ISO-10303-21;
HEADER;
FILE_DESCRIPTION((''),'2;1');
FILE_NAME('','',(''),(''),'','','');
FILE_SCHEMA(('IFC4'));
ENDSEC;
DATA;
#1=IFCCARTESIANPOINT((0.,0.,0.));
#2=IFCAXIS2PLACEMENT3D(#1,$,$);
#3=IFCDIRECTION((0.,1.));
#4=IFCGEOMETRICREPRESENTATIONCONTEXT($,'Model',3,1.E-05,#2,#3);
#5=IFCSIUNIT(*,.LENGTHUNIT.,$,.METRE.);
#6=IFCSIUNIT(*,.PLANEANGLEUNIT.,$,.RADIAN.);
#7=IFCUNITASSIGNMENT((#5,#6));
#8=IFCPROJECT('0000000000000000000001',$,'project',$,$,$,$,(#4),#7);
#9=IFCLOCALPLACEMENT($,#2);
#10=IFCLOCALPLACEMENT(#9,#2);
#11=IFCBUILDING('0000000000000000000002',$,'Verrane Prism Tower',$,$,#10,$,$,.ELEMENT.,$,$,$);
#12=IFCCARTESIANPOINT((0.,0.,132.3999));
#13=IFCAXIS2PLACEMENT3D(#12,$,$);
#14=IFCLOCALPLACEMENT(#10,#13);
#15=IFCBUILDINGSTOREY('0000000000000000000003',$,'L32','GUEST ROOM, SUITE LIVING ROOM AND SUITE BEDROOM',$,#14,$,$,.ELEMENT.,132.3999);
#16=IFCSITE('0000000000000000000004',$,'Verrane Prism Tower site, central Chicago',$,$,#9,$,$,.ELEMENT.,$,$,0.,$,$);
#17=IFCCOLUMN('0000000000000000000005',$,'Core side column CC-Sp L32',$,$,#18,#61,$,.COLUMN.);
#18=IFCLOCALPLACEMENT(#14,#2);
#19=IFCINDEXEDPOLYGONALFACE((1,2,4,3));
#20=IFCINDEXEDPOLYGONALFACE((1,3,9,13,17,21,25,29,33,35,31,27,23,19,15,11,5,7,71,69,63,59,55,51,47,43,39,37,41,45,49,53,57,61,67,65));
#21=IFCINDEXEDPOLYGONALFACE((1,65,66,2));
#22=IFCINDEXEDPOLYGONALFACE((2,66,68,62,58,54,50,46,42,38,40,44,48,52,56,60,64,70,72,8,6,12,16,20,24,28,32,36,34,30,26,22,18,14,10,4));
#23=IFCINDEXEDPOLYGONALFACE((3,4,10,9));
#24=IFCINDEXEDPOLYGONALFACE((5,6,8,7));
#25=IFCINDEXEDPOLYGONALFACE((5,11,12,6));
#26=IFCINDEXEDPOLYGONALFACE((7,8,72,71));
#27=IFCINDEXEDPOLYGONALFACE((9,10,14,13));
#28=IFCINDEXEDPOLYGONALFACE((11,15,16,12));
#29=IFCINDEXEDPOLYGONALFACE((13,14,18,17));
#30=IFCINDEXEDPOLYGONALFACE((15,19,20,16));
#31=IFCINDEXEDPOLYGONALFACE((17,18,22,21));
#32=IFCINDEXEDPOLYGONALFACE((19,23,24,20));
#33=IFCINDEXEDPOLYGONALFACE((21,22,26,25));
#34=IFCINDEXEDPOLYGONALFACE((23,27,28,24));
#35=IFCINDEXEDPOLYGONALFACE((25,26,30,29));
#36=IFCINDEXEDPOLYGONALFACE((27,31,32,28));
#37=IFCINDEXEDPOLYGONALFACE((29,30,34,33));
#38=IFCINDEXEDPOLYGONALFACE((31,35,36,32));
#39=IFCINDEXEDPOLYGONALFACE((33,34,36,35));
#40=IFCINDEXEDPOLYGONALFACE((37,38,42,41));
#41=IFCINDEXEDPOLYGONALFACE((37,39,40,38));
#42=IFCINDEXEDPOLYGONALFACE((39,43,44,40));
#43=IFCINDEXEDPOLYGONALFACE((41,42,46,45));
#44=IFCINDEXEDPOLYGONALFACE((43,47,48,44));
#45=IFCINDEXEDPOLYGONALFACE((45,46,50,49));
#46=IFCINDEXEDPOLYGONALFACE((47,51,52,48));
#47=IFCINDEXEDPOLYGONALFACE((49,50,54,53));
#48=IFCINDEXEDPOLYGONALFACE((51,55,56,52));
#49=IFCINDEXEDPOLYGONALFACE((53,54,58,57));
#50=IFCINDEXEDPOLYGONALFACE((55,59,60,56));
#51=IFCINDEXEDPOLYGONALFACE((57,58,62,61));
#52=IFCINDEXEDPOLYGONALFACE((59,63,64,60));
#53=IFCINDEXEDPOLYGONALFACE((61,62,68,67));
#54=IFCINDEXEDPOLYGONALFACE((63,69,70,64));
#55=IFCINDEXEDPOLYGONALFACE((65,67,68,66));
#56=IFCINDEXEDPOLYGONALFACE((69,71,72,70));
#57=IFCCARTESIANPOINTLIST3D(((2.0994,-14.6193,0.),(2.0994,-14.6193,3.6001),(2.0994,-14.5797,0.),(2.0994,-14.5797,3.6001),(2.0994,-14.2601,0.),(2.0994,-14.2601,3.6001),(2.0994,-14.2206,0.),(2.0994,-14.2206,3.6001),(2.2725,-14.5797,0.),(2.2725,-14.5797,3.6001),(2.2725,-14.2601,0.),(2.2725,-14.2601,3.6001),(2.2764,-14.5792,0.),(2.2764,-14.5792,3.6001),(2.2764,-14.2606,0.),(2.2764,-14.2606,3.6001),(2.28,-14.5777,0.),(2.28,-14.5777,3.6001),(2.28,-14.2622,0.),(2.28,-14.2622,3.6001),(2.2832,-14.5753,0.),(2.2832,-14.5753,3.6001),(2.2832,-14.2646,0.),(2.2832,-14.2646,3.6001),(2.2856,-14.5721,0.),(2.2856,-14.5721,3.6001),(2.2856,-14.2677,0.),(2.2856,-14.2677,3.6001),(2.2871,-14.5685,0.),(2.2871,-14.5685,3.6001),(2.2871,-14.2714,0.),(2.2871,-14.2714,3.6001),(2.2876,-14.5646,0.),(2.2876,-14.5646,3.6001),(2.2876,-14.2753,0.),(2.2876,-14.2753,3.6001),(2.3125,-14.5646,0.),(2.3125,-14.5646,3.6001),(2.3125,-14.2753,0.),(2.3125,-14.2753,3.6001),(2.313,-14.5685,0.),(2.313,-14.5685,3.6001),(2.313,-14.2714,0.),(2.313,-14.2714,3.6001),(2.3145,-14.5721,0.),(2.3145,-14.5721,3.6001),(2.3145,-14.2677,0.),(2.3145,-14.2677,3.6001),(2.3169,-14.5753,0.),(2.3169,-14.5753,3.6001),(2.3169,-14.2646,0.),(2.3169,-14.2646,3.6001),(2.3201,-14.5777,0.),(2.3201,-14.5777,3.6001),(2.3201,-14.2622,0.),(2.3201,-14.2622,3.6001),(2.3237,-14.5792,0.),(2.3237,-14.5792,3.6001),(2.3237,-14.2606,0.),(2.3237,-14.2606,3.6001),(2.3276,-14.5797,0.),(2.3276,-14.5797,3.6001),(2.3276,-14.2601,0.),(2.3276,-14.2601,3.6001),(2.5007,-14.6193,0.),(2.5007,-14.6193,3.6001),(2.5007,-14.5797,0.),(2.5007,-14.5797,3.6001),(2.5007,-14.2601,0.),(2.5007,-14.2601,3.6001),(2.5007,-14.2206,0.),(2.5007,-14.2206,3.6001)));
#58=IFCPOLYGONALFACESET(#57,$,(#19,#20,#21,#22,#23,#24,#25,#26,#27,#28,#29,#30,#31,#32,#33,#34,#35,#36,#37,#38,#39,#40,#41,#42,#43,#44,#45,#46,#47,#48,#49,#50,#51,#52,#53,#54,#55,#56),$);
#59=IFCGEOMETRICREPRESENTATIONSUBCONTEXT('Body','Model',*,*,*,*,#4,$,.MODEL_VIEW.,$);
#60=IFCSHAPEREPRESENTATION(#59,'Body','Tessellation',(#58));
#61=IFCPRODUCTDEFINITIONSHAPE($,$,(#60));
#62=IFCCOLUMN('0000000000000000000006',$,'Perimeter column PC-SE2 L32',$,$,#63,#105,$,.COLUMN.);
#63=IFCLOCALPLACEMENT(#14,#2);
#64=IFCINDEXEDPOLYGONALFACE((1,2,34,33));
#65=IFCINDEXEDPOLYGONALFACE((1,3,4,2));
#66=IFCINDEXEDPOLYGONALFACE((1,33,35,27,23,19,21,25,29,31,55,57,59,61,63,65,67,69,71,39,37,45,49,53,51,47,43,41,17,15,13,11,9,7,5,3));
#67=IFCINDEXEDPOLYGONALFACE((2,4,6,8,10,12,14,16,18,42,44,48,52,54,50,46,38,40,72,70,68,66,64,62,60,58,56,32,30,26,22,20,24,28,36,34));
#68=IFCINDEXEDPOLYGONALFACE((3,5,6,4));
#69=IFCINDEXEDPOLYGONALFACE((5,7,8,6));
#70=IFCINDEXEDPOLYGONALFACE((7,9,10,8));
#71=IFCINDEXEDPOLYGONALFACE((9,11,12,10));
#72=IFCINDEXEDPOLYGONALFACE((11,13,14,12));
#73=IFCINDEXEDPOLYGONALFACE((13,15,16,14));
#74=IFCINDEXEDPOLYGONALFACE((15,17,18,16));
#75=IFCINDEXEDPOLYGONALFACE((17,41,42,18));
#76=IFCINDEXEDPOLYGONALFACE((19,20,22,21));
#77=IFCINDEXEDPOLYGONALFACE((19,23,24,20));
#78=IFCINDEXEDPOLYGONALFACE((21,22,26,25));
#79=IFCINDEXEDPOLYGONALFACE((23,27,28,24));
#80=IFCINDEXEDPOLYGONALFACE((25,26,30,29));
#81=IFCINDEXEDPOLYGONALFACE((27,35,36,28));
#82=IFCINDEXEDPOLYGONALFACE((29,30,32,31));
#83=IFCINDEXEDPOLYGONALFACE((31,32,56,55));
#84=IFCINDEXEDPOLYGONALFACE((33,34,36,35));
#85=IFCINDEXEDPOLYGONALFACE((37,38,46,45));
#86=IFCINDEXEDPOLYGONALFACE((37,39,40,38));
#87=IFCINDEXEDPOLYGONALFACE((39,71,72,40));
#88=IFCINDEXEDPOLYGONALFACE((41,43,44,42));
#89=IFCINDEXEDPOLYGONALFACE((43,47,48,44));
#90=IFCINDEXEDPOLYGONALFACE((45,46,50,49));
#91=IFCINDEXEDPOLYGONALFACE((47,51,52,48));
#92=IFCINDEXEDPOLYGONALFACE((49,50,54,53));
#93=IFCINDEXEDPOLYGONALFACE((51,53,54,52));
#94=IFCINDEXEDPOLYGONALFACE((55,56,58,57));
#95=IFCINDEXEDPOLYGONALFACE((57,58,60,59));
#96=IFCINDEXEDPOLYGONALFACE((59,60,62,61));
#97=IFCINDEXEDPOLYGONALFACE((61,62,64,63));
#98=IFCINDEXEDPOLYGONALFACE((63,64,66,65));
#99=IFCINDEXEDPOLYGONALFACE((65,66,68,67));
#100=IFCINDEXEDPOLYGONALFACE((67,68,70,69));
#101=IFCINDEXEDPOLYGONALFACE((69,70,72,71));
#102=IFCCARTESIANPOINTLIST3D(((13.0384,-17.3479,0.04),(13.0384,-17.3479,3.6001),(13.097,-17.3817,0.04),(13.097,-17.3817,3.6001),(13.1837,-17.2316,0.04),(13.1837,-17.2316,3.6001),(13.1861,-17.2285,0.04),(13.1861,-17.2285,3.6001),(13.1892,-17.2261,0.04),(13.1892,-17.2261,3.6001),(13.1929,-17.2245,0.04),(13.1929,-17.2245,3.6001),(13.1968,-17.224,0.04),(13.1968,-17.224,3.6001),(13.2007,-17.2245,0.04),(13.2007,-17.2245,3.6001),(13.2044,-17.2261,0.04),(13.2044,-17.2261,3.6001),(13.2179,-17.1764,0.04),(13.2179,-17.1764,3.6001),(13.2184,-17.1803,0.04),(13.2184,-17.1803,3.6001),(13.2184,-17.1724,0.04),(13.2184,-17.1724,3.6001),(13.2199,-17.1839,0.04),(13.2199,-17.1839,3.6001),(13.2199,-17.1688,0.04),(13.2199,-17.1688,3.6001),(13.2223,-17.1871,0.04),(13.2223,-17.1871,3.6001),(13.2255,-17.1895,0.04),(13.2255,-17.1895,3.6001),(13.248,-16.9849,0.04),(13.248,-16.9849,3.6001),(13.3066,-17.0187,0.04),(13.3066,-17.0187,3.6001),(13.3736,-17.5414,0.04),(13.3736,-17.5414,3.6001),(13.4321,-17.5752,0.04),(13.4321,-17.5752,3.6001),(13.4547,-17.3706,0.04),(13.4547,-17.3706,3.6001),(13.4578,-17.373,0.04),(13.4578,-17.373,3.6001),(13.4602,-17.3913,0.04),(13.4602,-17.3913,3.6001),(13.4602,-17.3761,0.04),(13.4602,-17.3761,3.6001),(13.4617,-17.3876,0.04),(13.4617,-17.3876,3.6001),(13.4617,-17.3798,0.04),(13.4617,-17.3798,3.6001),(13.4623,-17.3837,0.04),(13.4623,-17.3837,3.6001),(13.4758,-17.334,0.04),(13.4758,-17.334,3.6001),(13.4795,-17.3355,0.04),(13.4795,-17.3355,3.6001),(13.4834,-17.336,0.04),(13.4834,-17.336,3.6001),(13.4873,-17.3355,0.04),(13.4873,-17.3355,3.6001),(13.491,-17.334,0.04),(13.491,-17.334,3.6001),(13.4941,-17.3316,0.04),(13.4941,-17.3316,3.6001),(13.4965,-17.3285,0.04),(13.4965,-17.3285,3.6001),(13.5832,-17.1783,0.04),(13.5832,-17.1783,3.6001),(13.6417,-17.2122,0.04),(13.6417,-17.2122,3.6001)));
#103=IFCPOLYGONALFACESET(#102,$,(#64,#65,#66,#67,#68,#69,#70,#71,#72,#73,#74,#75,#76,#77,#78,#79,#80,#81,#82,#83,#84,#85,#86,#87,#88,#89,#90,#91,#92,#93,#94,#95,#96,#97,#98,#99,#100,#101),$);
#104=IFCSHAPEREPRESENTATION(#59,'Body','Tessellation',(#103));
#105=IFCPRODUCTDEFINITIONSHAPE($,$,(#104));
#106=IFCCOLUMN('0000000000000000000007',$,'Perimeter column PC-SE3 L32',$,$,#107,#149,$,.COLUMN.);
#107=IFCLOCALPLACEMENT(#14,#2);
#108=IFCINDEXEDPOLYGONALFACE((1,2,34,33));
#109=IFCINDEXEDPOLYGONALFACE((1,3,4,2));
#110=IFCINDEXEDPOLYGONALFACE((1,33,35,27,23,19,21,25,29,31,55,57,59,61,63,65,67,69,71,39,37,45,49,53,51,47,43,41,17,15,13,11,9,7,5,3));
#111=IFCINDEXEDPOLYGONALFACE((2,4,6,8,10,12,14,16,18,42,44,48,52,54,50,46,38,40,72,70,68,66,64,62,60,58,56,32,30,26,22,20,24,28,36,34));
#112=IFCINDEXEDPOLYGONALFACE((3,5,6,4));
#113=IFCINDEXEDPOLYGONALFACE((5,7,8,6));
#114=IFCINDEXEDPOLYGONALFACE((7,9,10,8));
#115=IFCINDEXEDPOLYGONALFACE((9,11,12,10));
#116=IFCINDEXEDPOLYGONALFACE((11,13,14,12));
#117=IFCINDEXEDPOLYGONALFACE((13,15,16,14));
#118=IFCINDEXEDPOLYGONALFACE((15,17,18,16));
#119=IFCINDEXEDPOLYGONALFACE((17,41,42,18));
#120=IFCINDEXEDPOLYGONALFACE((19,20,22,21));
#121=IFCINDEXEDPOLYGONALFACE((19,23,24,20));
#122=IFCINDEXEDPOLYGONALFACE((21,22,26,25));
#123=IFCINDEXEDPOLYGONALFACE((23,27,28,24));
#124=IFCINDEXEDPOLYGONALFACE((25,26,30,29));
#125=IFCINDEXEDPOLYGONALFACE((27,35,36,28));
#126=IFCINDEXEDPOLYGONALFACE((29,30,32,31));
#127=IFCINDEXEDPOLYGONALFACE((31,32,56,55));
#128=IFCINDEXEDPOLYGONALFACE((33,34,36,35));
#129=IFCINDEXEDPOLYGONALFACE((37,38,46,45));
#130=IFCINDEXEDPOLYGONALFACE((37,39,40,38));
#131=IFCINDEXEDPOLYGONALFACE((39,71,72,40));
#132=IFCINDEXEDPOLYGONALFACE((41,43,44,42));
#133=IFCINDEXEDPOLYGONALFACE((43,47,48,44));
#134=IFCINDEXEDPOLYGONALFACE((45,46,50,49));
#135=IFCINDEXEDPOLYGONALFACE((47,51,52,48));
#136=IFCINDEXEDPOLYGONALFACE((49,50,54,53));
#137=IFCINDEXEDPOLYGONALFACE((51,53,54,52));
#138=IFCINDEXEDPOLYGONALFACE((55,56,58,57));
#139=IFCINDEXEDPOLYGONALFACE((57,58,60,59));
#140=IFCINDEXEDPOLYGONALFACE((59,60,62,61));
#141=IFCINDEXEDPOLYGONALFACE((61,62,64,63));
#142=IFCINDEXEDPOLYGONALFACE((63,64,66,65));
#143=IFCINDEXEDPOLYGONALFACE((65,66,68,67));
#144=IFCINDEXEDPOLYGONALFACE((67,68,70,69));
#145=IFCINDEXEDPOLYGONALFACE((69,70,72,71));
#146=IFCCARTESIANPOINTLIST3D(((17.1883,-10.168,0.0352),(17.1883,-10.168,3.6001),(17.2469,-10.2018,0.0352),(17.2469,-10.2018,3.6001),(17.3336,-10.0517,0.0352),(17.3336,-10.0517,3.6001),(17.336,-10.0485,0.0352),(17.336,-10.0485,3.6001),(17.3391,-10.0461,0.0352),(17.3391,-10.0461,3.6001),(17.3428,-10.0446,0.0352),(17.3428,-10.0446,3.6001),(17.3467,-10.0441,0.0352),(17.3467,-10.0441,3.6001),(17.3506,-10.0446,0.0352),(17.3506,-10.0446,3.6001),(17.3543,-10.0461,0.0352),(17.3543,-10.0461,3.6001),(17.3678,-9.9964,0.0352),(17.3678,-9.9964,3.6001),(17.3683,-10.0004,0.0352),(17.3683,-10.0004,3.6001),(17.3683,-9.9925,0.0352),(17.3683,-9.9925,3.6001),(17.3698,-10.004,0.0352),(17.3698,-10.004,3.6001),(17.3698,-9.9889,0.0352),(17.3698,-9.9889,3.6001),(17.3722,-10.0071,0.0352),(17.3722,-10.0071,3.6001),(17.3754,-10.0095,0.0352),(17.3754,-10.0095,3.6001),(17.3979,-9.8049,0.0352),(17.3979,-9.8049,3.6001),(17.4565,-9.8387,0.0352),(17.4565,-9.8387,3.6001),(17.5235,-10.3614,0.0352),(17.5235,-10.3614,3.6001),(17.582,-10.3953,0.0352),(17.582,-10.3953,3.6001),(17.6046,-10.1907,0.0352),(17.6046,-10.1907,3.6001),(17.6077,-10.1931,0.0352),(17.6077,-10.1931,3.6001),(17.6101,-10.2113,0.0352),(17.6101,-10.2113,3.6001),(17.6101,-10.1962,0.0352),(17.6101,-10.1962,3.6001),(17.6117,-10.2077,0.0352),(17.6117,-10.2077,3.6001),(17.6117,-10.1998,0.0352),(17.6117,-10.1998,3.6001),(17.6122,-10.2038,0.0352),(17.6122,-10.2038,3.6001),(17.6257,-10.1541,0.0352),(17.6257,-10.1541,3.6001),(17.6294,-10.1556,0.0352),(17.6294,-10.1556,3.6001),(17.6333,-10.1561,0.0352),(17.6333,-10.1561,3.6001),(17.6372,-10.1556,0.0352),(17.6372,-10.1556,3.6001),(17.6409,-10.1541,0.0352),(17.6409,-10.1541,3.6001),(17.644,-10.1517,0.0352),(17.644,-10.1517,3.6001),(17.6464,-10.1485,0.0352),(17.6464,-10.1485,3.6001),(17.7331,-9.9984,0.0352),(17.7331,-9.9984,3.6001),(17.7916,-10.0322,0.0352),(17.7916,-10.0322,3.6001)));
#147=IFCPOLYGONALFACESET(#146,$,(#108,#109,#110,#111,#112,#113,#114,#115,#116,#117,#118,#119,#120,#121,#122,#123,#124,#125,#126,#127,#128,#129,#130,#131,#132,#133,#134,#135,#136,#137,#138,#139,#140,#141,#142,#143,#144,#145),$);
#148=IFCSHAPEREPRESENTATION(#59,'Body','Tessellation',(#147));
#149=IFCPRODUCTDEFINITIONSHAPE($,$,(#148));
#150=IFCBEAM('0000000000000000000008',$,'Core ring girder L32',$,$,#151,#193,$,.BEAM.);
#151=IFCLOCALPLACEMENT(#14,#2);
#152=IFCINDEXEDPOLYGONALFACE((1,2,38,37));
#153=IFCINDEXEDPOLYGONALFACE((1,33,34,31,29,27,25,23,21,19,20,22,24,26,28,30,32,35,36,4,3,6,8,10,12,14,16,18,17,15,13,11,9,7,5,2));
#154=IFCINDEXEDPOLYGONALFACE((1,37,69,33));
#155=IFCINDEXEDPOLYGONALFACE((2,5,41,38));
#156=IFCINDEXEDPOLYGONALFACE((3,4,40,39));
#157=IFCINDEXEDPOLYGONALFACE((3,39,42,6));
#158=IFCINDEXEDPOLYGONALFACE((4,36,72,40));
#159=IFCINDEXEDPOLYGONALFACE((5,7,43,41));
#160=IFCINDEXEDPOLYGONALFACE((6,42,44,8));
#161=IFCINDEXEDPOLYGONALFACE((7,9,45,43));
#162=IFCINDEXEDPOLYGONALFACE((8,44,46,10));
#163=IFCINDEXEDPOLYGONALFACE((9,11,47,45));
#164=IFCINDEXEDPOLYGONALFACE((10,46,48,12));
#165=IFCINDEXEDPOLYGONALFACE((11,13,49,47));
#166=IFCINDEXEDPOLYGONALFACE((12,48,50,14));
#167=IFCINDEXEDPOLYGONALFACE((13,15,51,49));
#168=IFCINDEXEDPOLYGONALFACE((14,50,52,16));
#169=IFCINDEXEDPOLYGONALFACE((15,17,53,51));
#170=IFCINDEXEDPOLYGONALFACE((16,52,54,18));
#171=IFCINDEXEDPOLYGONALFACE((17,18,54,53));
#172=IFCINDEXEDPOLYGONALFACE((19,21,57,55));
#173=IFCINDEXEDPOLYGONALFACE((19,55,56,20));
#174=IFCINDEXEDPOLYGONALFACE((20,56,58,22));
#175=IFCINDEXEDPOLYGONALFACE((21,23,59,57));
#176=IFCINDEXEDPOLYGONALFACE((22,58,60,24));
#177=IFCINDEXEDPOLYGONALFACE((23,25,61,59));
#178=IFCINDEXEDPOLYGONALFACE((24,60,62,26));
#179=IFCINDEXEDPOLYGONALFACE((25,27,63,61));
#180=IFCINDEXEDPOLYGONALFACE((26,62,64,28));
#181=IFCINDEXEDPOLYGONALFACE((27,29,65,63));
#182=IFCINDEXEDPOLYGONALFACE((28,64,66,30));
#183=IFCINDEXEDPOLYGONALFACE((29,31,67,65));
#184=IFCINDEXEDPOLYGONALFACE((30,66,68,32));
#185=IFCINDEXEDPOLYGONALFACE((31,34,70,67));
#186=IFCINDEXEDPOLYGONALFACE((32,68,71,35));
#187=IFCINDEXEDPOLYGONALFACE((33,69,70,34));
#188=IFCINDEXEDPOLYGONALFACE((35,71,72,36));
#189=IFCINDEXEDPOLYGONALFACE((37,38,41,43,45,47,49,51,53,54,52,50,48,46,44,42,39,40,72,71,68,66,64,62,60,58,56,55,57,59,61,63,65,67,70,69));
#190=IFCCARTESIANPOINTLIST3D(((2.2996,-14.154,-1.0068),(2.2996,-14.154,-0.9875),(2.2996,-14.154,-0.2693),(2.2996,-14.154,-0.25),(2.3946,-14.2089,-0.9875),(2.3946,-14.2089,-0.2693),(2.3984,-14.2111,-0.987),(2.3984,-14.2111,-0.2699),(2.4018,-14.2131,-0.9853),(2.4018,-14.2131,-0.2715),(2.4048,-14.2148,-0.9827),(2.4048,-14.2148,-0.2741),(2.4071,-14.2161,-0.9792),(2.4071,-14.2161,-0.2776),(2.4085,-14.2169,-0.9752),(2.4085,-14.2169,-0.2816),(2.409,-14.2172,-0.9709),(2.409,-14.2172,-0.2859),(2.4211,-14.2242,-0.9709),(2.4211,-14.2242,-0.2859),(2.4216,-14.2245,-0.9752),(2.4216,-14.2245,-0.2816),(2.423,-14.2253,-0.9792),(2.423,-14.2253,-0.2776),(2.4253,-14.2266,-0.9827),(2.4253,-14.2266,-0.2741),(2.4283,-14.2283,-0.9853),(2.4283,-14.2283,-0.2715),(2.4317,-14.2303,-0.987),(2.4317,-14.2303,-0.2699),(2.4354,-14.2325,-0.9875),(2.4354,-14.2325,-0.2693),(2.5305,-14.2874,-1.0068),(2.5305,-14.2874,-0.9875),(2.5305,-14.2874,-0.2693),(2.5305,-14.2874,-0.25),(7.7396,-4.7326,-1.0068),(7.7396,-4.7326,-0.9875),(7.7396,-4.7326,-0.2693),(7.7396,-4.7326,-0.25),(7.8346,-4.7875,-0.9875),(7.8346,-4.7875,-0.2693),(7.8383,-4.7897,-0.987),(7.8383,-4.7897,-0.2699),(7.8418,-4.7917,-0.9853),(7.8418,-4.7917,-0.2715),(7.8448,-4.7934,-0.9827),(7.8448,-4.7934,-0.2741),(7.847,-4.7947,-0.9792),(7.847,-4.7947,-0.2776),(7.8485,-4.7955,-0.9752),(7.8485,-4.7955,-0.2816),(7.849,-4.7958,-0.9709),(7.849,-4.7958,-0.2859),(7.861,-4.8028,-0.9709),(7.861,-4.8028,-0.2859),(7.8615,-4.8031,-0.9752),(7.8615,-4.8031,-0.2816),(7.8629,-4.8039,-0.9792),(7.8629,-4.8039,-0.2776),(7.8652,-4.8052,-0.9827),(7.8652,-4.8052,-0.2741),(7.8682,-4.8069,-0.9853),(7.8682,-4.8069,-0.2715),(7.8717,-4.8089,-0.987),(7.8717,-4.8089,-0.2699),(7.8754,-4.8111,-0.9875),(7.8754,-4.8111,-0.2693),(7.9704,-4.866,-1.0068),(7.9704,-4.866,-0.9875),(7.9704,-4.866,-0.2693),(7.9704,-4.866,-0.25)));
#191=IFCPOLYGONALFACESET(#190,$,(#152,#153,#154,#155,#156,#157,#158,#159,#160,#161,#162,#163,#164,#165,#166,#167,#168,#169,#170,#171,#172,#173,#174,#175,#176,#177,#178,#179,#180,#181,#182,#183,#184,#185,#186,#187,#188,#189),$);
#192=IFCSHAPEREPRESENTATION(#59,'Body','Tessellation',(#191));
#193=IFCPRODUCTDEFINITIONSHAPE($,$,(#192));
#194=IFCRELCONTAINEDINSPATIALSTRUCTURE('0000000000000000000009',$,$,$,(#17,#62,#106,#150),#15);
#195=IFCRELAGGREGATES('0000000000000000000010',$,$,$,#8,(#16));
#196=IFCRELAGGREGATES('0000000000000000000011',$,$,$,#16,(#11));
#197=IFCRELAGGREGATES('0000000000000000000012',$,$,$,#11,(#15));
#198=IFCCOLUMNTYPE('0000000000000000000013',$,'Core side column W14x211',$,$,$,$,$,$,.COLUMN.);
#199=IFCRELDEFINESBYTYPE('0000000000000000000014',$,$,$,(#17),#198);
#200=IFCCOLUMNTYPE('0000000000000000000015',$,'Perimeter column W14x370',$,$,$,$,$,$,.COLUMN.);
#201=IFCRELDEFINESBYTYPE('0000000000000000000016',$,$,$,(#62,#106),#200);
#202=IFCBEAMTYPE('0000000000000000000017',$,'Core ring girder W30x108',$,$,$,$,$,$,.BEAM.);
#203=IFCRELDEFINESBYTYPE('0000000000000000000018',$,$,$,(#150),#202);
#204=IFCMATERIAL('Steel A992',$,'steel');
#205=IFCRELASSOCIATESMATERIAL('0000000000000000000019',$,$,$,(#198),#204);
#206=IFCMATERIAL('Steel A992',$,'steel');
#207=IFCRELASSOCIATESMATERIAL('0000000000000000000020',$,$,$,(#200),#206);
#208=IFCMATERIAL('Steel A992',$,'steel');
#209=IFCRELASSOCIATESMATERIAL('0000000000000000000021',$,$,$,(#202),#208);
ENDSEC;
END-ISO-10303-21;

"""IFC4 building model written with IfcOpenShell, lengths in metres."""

from ifc_helpers import new_model, si_unit, direction, frame, origin, origin_2d, place, context, subcontext, project, spatial, i_section, extrude, material, material_profile, profile_set, type_object, element, save


model = new_model("IFC4")

# Units and contexts
model_context = context("Model", 3, precision=1e-05, world=origin(), true_north=direction((0.0, 1.0)))
body_context = subcontext(model_context, "Body", "Model", "MODEL_VIEW")
ifc_project = project(units=[si_unit("LENGTHUNIT", "METRE"), si_unit("PLANEANGLEUNIT", "RADIAN")], contexts=[model_context])

# Site, building, storey
site_placement = place(None, origin())
site = spatial("IfcSite", under=ifc_project, at=site_placement, Name="Verrane Prism Tower site, central Chicago", CompositionType="ELEMENT", RefElevation=0.0)
building_placement = place(site_placement, origin())
building = spatial("IfcBuilding", under=site, at=building_placement, Name="Verrane Prism Tower", CompositionType="ELEMENT")
storey_placement = place(building_placement, frame((0.0, 0.0, 132.3999)))
storey = spatial("IfcBuildingStorey", under=building, at=storey_placement, Name="L32", Description="GUEST ROOM, SUITE LIVING ROOM AND SUITE BEDROOM", CompositionType="ELEMENT", Elevation=132.3999)

# Columns
ifc_material_1 = material(Name="Steel A992", Category="steel")
ifc_material_profile_1 = material_profile(ifc_material_1, i_section(OverallWidth=0.4014, OverallDepth=0.3987, WebThickness=0.0249, FlangeThickness=0.0396, FilletRadius=0.0151, at=origin_2d()), Name="W14x211")
ifc_profile_set_1 = profile_set([ifc_material_profile_1], Name="Steel A992")
column_type_1 = type_object("IfcColumnType", Name="Core side column W14x211", PredefinedType="COLUMN", material=ifc_profile_set_1)
column_1_placement = place(storey_placement, frame((2.3, -14.4199, 0.0), z_axis=(0.0, 0.0, 1.0), x_axis=(1.0, 0.0, 0.0)))
element("IfcColumn", 1, at=column_1_placement, inside=storey, type_object=column_type_1, Name="Core side column CC-Sp L32", PredefinedType="COLUMN", context=body_context, shape_type="SweptSolid", body=[
    extrude(i_section(OverallWidth=0.4014, OverallDepth=0.3987, WebThickness=0.0249, FlangeThickness=0.0396, FilletRadius=0.0151, at=origin_2d()), origin(), (0.0, 0.0, 1.0), 3.6001),
])
ifc_material_2 = material(Name="Steel A992", Category="steel")
ifc_material_profile_2 = material_profile(ifc_material_2, i_section(OverallWidth=0.4192, OverallDepth=0.4546, WebThickness=0.0422, FlangeThickness=0.0676, FilletRadius=0.0151, at=origin_2d()), Name="W14x370")
ifc_profile_set_2 = profile_set([ifc_material_profile_2], Name="Steel A992")
column_type_2 = type_object("IfcColumnType", Name="Perimeter column W14x370", PredefinedType="COLUMN", material=ifc_profile_set_2)
column_2_placement = place(storey_placement, frame((13.3401, -17.28, 0.04), z_axis=(0.0, 0.0, 1.0), x_axis=(-0.5, -0.866025, 0.0)))
element("IfcColumn", 2, at=column_2_placement, inside=storey, type_object=column_type_2, Name="Perimeter column PC-SE2 L32", PredefinedType="COLUMN", context=body_context, shape_type="SweptSolid", body=[
    extrude(i_section(OverallWidth=0.4192, OverallDepth=0.4546, WebThickness=0.0422, FlangeThickness=0.0676, FilletRadius=0.0151, at=origin_2d()), origin(), (0.0, 0.0, 1.0), 3.5601),
])
column_3_placement = place(storey_placement, frame((17.49, -10.1001, 0.0352), z_axis=(0.0, 0.0, 1.0), x_axis=(-0.5, -0.866025, 0.0)))
element("IfcColumn", 3, at=column_3_placement, inside=storey, type_object=column_type_2, Name="Perimeter column PC-SE3 L32", PredefinedType="COLUMN", context=body_context, shape_type="SweptSolid", body=[
    extrude(i_section(OverallWidth=0.4192, OverallDepth=0.4546, WebThickness=0.0422, FlangeThickness=0.0676, FilletRadius=0.0151, at=origin_2d()), origin(), (0.0, 0.0, 1.0), 3.5649),
])

# Beam
ifc_material_3 = material(Name="Steel A992", Category="steel")
ifc_material_profile_3 = material_profile(ifc_material_3, i_section(OverallWidth=0.2666, OverallDepth=0.7568, WebThickness=0.0139, FlangeThickness=0.0193, FilletRadius=0.0166, at=origin_2d()), Name="W30x108")
ifc_profile_set_3 = profile_set([ifc_material_profile_3], Name="Steel A992")
beam_type_1 = type_object("IfcBeamType", Name="Core ring girder W30x108", PredefinedType="BEAM", material=ifc_profile_set_3)
beam_1_placement = place(storey_placement, frame((2.415, -14.2207, -0.6284), z_axis=(0.500035, 0.866005, 0.0), x_axis=(-0.866005, 0.500035, 0.0)))
element("IfcBeam", 4, at=beam_1_placement, inside=storey, type_object=beam_type_1, Name="Core ring girder L32", PredefinedType="BEAM", context=body_context, shape_type="SweptSolid", body=[
    extrude(i_section(OverallWidth=0.2666, OverallDepth=0.7568, WebThickness=0.0139, FlangeThickness=0.0193, FilletRadius=0.0166, at=origin_2d()), origin(), (0.0, 0.0, 1.0), 10.8792),
])

save(model, "model.ifc")
